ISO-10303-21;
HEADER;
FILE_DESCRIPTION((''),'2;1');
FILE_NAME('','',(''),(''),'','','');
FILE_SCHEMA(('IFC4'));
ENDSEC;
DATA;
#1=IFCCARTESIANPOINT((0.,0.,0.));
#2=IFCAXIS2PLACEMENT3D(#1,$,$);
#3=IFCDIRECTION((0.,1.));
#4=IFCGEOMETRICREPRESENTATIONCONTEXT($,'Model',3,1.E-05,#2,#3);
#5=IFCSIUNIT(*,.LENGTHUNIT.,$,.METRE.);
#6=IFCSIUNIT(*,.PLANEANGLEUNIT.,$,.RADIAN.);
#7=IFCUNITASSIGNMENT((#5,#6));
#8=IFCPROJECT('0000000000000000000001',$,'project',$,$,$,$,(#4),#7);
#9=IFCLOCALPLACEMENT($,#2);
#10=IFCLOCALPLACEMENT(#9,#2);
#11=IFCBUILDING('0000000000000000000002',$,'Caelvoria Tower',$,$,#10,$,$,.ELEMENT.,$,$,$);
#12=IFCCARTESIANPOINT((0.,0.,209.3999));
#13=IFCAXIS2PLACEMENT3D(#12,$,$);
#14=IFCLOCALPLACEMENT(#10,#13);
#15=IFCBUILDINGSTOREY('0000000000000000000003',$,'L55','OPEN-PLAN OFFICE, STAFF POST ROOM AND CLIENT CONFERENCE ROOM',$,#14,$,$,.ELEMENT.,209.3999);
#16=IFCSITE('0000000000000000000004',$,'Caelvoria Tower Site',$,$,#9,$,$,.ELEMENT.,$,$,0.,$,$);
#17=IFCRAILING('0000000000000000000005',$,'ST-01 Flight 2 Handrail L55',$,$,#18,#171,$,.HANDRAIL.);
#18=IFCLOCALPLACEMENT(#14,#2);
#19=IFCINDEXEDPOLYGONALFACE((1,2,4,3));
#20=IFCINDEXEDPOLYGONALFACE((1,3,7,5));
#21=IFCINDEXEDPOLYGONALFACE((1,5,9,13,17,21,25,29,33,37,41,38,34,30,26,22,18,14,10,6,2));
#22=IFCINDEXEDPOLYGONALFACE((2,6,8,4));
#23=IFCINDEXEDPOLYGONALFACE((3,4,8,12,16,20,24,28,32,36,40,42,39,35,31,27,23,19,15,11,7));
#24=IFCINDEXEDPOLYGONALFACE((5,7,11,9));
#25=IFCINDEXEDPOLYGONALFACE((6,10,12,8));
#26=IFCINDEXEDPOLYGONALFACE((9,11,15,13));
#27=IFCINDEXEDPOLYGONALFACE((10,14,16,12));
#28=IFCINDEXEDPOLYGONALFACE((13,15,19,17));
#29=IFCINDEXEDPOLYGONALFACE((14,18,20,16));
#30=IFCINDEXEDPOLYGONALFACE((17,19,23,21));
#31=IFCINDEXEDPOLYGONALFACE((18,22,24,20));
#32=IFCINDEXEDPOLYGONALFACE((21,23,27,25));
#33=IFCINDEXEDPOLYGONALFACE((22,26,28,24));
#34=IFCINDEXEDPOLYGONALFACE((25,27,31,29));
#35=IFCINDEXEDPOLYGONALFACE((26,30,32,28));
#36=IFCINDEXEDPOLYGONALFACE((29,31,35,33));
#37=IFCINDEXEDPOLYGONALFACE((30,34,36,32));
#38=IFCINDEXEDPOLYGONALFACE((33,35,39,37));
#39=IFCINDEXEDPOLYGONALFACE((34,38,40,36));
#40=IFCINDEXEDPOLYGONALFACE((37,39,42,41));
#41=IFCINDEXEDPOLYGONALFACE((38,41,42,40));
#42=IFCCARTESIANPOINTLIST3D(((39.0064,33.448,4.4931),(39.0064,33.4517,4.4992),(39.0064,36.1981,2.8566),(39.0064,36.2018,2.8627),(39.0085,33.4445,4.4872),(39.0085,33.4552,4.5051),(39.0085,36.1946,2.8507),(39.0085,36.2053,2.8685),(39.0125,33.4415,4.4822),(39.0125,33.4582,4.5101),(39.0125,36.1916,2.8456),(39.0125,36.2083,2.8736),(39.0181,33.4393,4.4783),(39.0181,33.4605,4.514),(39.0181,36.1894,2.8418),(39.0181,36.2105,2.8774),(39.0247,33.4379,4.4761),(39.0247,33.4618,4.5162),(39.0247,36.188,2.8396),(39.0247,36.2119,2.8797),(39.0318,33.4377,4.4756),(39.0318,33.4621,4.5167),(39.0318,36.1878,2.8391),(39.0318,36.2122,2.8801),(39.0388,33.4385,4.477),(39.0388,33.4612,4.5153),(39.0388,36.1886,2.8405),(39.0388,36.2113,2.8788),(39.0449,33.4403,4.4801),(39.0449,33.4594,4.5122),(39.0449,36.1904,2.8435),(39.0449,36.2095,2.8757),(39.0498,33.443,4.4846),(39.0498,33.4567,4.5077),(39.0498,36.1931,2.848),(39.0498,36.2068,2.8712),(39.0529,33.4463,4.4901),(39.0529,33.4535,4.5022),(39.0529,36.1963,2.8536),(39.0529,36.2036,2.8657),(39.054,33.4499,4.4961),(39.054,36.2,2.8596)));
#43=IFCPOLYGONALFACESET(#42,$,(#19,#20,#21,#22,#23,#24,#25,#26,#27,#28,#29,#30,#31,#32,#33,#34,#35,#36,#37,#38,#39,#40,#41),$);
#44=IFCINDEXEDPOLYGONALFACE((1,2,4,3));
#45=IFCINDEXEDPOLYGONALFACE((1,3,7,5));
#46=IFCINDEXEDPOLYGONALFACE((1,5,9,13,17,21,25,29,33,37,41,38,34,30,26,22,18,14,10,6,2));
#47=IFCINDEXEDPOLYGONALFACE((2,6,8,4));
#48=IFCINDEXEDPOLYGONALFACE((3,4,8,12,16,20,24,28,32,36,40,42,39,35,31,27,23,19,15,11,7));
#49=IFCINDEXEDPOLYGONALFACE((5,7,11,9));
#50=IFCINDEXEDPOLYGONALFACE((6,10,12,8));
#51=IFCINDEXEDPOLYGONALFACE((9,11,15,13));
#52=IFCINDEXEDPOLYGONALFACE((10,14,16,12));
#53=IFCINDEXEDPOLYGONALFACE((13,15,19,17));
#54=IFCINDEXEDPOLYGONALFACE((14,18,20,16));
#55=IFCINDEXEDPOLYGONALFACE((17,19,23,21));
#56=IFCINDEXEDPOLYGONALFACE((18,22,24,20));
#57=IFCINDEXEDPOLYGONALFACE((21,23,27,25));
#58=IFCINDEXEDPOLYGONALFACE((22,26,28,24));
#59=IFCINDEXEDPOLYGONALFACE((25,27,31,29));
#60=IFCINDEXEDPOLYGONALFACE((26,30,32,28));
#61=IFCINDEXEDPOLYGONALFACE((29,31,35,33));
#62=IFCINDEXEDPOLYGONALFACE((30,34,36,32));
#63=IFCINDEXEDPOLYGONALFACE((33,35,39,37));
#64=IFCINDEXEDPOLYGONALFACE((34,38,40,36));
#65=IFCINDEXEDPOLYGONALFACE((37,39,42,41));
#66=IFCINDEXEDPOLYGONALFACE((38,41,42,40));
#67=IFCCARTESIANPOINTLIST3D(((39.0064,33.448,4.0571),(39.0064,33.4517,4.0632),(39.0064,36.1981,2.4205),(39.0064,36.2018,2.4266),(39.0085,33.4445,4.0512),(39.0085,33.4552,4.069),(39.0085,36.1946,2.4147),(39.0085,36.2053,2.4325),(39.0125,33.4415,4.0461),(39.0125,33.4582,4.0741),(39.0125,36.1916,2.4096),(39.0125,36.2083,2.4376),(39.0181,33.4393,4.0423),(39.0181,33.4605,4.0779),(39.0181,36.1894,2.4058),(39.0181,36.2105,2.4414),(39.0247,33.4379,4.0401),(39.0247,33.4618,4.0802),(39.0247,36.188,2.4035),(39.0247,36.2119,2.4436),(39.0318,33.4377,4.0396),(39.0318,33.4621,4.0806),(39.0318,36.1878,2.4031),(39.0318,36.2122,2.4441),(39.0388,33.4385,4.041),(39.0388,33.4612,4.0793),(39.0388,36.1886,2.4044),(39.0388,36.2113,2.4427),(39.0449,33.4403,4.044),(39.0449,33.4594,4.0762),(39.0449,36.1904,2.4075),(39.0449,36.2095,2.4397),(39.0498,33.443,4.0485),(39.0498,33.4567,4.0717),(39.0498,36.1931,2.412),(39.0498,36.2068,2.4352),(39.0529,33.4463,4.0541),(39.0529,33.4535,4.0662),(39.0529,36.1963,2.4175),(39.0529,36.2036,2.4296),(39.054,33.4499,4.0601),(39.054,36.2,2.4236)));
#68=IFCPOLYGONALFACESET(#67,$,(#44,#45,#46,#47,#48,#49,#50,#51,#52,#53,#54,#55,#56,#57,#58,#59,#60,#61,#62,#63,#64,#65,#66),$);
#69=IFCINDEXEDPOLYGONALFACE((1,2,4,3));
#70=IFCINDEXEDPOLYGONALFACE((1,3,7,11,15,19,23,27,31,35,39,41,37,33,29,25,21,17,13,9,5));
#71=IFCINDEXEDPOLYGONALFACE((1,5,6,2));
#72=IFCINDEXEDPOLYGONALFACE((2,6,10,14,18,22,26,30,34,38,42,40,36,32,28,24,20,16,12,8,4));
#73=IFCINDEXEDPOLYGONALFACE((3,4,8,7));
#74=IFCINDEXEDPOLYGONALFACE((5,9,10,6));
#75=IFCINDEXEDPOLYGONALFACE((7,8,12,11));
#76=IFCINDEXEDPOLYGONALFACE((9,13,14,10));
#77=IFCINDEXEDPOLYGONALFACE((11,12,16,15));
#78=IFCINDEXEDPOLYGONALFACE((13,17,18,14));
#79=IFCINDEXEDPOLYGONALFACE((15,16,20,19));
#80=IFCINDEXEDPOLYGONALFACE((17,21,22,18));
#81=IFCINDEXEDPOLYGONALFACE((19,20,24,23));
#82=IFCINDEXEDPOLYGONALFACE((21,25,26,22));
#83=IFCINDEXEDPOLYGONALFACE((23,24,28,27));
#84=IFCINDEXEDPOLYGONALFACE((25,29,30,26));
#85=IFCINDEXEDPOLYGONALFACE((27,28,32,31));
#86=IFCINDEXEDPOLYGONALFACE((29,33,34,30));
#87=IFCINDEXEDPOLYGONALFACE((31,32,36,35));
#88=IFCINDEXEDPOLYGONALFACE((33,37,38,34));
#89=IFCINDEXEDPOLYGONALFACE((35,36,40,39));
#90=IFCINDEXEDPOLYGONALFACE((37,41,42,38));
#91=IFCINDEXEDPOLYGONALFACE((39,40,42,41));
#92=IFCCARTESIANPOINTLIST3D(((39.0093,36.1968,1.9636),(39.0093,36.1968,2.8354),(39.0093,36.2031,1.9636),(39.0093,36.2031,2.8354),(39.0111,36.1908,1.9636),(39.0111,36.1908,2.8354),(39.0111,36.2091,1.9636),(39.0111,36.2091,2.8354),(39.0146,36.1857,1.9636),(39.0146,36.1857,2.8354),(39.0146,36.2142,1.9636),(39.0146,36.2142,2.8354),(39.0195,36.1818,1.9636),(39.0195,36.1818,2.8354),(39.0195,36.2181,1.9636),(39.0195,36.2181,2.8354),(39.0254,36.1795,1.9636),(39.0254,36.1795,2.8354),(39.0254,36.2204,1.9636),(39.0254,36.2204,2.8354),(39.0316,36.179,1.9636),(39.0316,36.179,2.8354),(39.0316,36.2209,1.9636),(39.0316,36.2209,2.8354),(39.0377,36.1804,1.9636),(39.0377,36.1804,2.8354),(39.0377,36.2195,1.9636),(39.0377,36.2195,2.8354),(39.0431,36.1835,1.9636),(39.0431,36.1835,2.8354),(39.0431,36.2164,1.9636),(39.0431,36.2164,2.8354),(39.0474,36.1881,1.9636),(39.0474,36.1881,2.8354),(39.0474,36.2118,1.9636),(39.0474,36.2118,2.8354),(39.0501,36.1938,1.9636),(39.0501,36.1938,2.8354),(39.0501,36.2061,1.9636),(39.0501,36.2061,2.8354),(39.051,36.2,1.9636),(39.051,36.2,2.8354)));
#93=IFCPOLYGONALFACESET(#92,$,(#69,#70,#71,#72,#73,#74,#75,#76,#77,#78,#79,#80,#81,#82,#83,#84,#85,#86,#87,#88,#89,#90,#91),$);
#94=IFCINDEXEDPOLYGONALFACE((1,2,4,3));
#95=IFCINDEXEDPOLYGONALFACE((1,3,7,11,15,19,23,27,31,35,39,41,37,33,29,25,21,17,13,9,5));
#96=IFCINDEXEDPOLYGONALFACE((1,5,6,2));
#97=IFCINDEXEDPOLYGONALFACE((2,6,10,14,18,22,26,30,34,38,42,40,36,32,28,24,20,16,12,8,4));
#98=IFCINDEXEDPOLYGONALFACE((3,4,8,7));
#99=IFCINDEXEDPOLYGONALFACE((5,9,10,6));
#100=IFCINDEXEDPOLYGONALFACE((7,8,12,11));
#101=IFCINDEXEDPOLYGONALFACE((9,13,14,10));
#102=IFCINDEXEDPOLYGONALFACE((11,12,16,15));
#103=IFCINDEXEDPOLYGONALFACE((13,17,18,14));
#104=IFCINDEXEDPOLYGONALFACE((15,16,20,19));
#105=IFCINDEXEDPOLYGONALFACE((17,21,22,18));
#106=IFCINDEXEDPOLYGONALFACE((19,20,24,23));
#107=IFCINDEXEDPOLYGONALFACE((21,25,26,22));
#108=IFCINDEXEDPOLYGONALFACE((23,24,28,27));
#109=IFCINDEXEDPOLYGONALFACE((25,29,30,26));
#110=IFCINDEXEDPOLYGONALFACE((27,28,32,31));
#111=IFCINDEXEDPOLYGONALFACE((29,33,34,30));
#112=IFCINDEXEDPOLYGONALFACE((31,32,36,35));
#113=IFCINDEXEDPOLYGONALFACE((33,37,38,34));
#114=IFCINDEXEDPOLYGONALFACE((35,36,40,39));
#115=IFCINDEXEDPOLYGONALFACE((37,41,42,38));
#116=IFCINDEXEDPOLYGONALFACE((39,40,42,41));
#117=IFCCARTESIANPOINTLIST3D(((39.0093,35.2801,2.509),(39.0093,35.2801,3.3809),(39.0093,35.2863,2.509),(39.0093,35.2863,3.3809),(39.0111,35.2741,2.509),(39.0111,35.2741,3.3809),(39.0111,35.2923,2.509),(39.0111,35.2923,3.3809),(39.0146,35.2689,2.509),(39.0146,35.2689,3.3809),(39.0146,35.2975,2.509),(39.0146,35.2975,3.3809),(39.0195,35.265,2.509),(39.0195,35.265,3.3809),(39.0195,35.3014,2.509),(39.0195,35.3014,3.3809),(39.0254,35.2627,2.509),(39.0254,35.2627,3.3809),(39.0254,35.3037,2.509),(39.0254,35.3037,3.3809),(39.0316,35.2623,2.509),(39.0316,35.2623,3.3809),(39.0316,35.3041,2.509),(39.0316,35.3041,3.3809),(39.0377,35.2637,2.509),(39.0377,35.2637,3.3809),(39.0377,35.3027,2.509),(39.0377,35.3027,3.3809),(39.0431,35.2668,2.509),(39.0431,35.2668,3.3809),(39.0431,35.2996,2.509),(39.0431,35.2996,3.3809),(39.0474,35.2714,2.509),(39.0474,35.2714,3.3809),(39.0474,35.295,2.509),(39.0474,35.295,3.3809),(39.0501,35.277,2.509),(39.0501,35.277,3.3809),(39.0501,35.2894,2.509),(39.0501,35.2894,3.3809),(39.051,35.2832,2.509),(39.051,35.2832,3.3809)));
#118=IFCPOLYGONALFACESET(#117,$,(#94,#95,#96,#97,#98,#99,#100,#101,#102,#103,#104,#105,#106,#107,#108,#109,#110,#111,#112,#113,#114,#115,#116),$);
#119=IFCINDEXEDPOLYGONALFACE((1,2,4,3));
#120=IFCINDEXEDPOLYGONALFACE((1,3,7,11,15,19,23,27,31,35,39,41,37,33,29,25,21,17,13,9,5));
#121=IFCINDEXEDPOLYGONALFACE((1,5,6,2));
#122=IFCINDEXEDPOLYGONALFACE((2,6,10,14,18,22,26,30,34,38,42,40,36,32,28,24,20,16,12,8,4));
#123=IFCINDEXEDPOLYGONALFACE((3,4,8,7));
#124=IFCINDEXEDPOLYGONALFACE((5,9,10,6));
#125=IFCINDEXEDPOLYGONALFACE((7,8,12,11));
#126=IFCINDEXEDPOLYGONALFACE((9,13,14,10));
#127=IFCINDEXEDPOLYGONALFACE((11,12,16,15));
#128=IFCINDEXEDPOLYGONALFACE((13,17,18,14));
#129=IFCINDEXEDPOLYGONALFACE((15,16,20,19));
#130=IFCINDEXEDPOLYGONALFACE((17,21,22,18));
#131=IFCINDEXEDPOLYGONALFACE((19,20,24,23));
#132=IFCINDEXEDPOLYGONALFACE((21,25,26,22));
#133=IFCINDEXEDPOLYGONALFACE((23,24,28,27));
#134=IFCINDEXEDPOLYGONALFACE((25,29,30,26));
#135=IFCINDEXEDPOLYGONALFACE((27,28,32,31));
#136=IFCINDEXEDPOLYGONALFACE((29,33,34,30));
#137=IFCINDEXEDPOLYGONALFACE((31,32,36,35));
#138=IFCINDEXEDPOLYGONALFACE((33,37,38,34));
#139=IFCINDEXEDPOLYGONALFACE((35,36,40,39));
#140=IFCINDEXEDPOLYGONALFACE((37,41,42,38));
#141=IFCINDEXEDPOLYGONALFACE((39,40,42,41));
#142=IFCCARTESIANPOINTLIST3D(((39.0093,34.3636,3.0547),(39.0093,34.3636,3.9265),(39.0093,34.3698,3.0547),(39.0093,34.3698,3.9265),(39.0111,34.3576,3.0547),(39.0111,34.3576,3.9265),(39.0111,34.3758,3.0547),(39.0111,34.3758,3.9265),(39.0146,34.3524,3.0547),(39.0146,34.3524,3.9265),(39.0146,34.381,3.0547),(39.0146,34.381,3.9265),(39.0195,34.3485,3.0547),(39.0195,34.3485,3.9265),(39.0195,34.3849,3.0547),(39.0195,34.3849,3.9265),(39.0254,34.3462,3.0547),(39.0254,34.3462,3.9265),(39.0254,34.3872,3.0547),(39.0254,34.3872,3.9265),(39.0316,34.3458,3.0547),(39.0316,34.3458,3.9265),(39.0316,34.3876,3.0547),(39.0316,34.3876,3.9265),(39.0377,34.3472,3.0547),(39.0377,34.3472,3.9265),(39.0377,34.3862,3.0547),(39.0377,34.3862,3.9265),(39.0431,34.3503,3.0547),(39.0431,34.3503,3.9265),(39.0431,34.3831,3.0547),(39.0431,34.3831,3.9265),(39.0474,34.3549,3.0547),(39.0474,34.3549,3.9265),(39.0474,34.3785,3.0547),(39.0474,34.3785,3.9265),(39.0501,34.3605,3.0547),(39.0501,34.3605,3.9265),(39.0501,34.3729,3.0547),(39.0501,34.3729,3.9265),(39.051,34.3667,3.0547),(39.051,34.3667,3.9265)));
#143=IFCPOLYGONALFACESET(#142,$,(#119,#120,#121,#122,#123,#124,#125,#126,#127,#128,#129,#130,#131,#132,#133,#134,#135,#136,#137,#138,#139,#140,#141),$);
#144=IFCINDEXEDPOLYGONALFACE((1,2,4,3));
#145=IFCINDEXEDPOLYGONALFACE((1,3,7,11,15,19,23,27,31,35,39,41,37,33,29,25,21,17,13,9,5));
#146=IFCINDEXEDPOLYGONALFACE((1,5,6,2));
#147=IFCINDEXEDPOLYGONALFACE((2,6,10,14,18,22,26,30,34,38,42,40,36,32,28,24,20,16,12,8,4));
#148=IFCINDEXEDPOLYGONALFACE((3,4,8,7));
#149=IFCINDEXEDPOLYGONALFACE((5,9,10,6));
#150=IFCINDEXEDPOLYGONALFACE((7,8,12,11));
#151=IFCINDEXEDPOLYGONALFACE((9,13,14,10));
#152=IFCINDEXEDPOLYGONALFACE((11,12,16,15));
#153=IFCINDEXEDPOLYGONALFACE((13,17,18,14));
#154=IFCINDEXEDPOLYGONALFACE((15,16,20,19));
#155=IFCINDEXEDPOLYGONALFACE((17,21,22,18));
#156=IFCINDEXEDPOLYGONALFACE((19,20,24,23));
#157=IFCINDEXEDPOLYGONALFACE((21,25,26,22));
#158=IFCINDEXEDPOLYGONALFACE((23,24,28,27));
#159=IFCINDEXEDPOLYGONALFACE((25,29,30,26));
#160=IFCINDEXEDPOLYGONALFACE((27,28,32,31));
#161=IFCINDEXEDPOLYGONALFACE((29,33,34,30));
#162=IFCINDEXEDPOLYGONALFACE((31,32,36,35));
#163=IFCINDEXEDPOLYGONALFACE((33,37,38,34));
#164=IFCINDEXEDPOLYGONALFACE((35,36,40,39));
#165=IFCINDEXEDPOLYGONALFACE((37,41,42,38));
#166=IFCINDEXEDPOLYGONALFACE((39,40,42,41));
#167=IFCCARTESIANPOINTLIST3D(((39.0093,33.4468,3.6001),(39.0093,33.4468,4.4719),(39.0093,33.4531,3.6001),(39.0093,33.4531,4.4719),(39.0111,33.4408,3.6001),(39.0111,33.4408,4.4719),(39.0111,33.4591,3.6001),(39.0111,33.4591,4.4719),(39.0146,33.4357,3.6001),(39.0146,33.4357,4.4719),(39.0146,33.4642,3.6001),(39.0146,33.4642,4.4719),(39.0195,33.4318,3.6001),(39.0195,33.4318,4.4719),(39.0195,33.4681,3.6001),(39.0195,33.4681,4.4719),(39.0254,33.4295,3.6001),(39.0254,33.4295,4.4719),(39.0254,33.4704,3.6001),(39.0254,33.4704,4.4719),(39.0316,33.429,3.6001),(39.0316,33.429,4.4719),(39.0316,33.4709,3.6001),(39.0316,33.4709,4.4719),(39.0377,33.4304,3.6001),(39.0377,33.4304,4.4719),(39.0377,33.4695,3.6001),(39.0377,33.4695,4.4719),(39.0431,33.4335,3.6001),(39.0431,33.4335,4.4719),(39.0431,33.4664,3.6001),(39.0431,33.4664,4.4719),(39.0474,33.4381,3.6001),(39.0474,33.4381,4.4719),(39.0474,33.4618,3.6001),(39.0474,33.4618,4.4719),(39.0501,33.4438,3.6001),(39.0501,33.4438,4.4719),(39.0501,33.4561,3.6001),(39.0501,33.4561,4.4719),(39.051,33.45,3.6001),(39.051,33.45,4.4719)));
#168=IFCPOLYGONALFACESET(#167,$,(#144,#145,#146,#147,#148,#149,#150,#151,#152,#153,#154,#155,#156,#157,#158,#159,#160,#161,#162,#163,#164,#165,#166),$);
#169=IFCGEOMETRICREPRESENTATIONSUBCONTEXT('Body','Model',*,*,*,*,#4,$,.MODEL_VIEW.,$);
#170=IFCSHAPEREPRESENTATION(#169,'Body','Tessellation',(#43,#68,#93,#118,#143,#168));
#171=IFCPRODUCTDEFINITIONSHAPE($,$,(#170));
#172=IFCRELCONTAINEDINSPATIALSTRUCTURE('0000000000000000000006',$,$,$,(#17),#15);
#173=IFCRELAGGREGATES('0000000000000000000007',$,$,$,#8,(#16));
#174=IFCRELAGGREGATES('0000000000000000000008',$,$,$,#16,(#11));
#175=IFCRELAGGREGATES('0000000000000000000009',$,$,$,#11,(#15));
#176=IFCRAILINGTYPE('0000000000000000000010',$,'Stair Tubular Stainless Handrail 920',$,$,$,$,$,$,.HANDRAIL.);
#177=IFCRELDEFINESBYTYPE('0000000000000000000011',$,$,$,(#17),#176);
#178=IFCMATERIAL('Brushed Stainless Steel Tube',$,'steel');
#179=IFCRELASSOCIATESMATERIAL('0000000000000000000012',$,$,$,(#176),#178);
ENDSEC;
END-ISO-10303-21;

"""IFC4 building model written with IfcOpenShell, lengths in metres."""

from ifc_helpers import new_model, si_unit, direction, frame, origin, origin_2d, place, context, subcontext, project, spatial, circle, extrude, material, type_object, element, save


model = new_model("IFC4")

# Units and contexts
model_context = context("Model", 3, precision=1e-05, world=origin(), true_north=direction((0.0, 1.0)))
body_context = subcontext(model_context, "Body", "Model", "MODEL_VIEW")
ifc_project = project(units=[si_unit("LENGTHUNIT", "METRE"), si_unit("PLANEANGLEUNIT", "RADIAN")], contexts=[model_context])

# Site, building, storey
site_placement = place(None, origin())
site = spatial("IfcSite", under=ifc_project, at=site_placement, Name="Caelvoria Tower Site", CompositionType="ELEMENT", RefElevation=0.0)
building_placement = place(site_placement, origin())
building = spatial("IfcBuilding", under=site, at=building_placement, Name="Caelvoria Tower", CompositionType="ELEMENT")
storey_placement = place(building_placement, frame((0.0, 0.0, 209.3999)))
storey = spatial("IfcBuildingStorey", under=building, at=storey_placement, Name="L55", Description="OPEN-PLAN OFFICE, STAFF POST ROOM AND CLIENT CONFERENCE ROOM", CompositionType="ELEMENT", Elevation=209.3999)

# Railing
ifc_material_1 = material(Name="Brushed Stainless Steel Tube", Category="steel")
railing_type_1 = type_object("IfcRailingType", Name="Stair Tubular Stainless Handrail 920", PredefinedType="HANDRAIL", material=ifc_material_1)
railing_1_placement = place(storey_placement, frame((39.03, 36.2, 1.9636)))
element("IfcRailing", 1, at=railing_1_placement, inside=storey, type_object=railing_type_1, Name="ST-01 Flight 2 Handrail L55", PredefinedType="HANDRAIL", context=body_context, shape_type="SweptSolid", body=[
    extrude(circle(Radius=0.0239, at=origin_2d()), frame((0.0, 0.0, 0.896), z_axis=(0.0, -0.859352, 0.511385), x_axis=(1.0, 0.0, 0.0)), (0.0, 0.0, 1.0), 3.2002),
    extrude(circle(Radius=0.0239, at=origin_2d()), frame((0.0, 0.0, 0.46), z_axis=(0.0, -0.859352, 0.511385), x_axis=(1.0, 0.0, 0.0)), (0.0, 0.0, 1.0), 3.2002),
    extrude(circle(Radius=0.021, at=origin_2d()), origin(), (0.0, 0.0, 1.0), 0.8718),
    extrude(circle(Radius=0.021, at=origin_2d()), frame((0.0, -0.9167, 0.5454)), (0.0, 0.0, 1.0), 0.8718),
    extrude(circle(Radius=0.021, at=origin_2d()), frame((0.0, -1.8333, 1.0911)), (0.0, 0.0, 1.0), 0.8718),
    extrude(circle(Radius=0.021, at=origin_2d()), frame((0.0, -2.75, 1.6365)), (0.0, 0.0, 1.0), 0.8718),
])

save(model, "model.ifc")
